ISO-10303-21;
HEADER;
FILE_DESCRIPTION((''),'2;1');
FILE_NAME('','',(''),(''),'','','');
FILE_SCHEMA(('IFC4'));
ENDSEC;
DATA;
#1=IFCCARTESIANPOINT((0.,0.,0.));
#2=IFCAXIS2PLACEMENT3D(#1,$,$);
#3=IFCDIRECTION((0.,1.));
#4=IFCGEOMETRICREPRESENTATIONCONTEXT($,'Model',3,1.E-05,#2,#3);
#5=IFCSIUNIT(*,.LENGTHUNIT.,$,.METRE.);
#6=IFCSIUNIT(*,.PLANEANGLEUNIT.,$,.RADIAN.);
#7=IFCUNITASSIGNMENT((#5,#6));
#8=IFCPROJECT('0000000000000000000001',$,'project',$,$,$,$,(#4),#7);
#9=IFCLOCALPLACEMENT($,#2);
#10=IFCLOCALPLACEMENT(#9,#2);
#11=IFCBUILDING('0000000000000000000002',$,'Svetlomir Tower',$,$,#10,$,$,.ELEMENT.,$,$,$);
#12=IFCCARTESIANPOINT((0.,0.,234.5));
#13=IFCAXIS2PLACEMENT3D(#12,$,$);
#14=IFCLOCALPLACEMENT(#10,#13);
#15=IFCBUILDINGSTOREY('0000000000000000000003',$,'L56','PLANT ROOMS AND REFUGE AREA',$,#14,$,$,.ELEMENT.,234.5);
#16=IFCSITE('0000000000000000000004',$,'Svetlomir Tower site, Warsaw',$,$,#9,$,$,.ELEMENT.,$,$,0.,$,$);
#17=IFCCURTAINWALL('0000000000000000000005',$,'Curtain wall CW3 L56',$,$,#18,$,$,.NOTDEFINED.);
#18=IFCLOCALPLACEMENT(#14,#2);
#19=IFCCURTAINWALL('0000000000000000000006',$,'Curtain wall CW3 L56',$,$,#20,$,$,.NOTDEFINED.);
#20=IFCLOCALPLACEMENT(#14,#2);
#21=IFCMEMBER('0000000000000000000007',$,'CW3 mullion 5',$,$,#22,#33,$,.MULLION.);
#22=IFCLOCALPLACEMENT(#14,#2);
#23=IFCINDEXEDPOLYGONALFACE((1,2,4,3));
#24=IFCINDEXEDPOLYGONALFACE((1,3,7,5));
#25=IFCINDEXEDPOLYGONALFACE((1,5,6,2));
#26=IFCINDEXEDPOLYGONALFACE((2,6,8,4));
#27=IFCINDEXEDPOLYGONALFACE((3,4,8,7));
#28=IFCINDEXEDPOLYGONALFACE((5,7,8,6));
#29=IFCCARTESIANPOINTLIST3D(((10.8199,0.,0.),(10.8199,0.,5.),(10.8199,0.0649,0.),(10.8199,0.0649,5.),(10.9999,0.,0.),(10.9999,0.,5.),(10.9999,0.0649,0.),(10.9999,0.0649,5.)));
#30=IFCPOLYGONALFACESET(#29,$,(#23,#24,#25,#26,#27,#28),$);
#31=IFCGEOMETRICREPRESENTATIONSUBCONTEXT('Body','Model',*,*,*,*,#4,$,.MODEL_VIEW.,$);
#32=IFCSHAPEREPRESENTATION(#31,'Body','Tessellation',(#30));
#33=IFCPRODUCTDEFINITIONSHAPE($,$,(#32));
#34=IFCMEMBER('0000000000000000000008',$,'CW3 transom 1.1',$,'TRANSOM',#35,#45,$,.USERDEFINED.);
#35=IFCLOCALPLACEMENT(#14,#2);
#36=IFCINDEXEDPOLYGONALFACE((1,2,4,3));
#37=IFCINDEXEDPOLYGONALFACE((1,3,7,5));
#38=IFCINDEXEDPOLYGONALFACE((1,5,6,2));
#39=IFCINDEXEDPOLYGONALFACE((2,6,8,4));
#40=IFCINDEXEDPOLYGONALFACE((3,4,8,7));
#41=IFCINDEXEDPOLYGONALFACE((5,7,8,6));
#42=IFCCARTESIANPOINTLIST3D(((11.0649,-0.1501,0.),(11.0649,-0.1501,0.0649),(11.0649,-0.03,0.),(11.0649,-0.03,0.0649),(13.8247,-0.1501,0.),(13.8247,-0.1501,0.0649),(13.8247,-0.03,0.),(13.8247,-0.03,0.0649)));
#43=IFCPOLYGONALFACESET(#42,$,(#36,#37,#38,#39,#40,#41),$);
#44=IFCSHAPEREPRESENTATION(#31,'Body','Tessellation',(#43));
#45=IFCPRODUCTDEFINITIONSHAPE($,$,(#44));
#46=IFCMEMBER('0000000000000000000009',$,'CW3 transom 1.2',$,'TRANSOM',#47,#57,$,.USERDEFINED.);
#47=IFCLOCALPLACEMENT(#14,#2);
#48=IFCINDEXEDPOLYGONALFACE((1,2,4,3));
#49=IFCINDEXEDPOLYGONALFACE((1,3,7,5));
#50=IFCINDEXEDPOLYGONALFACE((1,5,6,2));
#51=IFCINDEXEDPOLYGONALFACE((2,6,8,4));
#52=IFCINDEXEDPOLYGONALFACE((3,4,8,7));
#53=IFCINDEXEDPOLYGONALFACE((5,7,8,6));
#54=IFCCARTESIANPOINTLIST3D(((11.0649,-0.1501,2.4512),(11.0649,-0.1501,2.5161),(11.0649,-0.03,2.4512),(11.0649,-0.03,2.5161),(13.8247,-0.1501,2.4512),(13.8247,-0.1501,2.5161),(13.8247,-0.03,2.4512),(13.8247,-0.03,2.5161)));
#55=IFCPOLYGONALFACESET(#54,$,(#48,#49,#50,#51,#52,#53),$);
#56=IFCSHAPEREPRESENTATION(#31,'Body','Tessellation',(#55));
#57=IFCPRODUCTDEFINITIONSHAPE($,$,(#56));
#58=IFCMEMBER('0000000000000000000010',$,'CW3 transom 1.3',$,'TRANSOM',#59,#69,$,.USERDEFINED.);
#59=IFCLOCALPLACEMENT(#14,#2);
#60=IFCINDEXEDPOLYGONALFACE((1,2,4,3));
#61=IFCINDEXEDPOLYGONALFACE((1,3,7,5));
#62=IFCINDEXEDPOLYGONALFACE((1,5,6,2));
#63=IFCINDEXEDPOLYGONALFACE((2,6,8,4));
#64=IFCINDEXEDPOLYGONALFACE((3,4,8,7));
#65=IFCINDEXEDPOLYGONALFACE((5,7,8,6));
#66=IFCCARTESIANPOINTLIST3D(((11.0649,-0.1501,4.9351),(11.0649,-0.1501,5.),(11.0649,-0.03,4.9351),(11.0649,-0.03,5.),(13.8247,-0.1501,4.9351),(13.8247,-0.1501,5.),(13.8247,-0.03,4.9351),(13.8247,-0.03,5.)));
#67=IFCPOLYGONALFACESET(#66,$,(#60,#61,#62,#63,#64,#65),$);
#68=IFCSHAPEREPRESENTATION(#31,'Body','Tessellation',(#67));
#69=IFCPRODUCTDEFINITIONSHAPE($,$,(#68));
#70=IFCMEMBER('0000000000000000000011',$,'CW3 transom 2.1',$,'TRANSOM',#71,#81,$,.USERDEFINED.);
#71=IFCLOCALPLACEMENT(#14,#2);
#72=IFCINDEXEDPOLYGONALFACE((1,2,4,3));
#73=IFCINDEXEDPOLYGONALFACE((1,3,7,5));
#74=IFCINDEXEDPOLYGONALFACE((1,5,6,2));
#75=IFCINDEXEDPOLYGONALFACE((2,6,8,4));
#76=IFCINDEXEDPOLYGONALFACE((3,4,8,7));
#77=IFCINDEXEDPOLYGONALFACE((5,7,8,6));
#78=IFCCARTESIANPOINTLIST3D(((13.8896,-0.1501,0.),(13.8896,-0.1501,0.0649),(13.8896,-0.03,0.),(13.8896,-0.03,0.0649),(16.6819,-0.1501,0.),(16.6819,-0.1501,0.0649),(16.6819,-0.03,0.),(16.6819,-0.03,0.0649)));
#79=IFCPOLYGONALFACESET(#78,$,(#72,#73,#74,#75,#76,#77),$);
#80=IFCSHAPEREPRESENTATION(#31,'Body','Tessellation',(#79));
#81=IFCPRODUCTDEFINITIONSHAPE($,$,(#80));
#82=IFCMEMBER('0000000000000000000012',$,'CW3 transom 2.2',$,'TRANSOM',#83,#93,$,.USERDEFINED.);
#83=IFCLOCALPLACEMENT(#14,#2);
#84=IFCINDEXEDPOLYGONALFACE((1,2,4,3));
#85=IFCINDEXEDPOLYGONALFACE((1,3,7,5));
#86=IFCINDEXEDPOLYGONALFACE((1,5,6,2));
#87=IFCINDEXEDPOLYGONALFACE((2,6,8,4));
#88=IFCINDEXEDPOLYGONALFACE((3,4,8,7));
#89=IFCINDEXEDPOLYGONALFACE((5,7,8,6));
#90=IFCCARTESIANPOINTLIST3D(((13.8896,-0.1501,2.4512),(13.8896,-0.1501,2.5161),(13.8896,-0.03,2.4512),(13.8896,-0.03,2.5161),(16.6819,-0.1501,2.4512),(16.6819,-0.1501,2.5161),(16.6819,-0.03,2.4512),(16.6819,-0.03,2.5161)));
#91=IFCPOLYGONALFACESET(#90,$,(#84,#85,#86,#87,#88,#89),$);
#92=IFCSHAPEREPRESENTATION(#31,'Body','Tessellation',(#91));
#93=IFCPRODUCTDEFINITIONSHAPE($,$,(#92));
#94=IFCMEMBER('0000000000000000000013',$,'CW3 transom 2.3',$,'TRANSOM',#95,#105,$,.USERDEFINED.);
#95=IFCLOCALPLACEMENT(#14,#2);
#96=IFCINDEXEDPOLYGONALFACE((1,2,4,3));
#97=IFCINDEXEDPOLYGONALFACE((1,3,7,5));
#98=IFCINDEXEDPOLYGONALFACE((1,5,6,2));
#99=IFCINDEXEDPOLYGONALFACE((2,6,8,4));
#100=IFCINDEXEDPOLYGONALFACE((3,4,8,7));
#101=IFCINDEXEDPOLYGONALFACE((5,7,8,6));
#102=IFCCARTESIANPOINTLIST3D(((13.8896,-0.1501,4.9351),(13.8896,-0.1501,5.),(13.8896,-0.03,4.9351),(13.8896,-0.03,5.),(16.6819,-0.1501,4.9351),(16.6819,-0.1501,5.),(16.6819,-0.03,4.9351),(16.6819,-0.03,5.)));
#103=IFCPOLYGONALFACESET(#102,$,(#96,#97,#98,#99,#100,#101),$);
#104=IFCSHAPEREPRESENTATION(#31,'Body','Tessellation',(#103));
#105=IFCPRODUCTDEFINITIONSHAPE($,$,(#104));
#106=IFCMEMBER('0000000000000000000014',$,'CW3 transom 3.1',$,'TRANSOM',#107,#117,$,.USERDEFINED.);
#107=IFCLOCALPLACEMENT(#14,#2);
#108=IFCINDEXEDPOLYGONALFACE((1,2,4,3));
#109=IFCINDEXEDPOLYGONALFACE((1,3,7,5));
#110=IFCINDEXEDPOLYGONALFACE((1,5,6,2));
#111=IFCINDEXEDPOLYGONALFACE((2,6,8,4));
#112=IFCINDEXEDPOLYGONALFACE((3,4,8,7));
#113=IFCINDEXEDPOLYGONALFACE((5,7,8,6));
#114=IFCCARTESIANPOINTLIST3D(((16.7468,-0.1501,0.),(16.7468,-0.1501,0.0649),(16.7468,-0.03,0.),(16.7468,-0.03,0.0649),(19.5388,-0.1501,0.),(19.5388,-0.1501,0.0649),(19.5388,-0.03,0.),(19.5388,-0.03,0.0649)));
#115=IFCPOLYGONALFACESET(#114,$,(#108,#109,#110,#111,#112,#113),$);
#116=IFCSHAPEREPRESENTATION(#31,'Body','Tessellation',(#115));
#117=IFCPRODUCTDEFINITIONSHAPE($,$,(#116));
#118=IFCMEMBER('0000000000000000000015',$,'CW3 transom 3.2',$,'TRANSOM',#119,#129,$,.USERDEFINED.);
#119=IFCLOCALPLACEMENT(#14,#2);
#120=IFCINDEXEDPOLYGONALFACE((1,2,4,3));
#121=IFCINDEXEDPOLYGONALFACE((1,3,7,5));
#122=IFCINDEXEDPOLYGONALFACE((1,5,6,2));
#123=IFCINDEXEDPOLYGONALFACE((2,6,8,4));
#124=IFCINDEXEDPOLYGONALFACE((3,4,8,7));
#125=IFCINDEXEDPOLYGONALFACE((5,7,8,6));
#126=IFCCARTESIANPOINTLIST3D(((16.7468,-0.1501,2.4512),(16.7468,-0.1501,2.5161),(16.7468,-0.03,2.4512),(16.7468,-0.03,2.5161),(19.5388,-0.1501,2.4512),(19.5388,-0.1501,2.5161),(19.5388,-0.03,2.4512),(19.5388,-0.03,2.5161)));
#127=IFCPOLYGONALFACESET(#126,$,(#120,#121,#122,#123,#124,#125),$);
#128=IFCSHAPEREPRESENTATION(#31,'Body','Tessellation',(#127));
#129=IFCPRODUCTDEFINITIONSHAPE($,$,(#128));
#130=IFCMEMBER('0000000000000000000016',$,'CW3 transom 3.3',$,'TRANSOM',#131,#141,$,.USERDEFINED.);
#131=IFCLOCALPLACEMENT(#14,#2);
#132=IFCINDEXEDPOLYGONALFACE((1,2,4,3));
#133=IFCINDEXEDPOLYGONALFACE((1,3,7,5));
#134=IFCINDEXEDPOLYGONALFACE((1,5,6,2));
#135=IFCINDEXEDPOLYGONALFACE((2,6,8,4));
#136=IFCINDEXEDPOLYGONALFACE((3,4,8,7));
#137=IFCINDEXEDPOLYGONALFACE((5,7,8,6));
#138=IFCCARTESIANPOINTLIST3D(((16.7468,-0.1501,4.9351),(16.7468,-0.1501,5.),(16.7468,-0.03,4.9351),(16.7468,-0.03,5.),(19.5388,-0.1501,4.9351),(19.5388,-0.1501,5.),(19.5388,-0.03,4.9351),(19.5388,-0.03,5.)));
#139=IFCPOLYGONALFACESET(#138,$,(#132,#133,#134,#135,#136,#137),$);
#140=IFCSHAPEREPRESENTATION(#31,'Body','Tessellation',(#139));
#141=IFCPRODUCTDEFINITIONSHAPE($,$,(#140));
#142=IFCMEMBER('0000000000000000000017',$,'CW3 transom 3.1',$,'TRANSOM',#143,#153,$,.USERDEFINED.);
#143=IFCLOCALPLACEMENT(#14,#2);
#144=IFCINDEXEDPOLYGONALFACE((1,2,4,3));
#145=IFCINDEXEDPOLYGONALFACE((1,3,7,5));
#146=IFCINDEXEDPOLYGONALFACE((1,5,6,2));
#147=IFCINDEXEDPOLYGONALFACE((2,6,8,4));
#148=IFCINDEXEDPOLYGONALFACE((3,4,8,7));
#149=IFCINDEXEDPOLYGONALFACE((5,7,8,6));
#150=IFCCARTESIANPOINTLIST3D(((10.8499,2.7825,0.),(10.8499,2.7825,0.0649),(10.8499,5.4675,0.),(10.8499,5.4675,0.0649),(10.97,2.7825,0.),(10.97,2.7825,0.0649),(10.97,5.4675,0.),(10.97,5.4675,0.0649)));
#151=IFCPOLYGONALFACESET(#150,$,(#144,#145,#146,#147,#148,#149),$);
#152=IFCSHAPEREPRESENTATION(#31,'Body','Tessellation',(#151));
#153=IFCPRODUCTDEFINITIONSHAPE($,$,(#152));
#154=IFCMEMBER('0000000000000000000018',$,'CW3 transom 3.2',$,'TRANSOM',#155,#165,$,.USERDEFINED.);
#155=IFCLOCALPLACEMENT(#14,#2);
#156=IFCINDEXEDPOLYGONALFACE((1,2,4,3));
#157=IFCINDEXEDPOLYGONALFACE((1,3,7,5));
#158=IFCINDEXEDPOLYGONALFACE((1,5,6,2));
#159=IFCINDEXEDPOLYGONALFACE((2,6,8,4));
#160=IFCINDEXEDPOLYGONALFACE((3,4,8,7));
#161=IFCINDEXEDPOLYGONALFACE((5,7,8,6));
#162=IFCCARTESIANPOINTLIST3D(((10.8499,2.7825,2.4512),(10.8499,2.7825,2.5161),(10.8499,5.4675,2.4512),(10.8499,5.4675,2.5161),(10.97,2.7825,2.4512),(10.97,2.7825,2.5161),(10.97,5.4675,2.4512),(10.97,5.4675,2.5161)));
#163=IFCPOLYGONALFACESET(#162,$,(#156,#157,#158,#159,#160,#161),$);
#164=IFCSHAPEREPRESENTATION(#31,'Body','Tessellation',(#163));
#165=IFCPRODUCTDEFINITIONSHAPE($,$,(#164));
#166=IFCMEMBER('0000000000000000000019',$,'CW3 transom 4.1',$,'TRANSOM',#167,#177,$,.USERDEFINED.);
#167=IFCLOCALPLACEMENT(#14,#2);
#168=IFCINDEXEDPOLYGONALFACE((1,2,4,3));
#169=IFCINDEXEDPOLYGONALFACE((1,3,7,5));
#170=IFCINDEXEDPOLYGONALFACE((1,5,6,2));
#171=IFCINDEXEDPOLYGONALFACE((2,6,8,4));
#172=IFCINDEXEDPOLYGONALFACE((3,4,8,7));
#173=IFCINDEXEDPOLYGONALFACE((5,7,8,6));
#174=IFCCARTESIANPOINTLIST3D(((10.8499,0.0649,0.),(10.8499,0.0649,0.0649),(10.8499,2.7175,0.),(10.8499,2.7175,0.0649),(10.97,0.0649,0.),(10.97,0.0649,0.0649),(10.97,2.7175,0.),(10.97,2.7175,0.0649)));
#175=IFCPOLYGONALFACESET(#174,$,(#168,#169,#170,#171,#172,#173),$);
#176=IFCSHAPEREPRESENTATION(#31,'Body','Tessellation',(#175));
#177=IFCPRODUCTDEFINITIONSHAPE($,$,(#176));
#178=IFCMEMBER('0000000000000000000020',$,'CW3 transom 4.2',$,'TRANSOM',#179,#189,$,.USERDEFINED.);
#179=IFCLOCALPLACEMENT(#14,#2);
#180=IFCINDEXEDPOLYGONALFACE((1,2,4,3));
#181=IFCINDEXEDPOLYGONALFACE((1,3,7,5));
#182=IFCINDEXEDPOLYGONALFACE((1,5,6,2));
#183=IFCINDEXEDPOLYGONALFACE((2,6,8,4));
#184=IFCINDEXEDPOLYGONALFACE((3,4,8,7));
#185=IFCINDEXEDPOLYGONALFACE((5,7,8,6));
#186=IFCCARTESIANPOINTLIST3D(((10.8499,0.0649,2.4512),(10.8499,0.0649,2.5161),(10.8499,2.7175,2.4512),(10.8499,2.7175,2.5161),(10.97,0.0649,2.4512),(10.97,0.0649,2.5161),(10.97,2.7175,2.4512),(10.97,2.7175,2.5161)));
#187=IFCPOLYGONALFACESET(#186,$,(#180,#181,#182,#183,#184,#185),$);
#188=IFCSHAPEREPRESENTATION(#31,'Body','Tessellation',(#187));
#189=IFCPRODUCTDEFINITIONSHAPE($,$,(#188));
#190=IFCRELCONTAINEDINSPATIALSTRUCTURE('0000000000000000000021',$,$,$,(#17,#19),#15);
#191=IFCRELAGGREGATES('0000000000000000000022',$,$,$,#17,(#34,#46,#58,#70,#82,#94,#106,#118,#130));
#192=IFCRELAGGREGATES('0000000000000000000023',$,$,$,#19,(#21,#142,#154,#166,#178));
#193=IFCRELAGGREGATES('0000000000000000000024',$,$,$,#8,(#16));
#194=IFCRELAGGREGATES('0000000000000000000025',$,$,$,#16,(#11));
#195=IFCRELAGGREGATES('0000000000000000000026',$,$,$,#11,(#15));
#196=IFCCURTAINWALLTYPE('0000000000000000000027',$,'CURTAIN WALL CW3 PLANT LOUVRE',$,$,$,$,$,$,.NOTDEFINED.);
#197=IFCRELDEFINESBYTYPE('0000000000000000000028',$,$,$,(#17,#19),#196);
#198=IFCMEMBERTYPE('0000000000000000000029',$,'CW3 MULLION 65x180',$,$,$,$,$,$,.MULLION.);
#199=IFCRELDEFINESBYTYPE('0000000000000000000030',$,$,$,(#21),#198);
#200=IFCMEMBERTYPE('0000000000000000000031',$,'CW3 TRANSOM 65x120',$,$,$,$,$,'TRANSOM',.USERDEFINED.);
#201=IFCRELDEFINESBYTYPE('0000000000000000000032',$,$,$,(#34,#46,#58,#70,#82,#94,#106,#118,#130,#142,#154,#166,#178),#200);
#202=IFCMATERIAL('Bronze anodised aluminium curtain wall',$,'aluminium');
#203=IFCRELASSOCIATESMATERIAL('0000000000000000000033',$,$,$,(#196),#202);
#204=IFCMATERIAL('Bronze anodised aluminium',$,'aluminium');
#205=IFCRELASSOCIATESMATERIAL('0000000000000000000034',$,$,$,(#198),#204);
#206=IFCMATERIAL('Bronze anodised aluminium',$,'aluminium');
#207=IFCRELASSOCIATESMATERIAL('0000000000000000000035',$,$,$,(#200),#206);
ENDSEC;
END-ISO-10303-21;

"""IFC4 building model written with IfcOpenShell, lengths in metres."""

from ifc_helpers import new_model, si_unit, direction, frame, origin, origin_2d, place, context, subcontext, project, spatial, rectangle, extrude, material, material_profile, profile_set, type_object, element, aggregate, save


model = new_model("IFC4")

# Units and contexts
model_context = context("Model", 3, precision=1e-05, world=origin(), true_north=direction((0.0, 1.0)))
body_context = subcontext(model_context, "Body", "Model", "MODEL_VIEW")
ifc_project = project(units=[si_unit("LENGTHUNIT", "METRE"), si_unit("PLANEANGLEUNIT", "RADIAN")], contexts=[model_context])

# Site, building, storey
site_placement = place(None, origin())
site = spatial("IfcSite", under=ifc_project, at=site_placement, Name="Svetlomir Tower site, Warsaw", CompositionType="ELEMENT", RefElevation=0.0)
building_placement = place(site_placement, origin())
building = spatial("IfcBuilding", under=site, at=building_placement, Name="Svetlomir Tower", CompositionType="ELEMENT")
storey_placement = place(building_placement, frame((0.0, 0.0, 234.5)))
storey = spatial("IfcBuildingStorey", under=building, at=storey_placement, Name="L56", Description="PLANT ROOMS AND REFUGE AREA", CompositionType="ELEMENT", Elevation=234.5)

# Curtain walls, member
ifc_material_1 = material(Name="Bronze anodised aluminium curtain wall", Category="aluminium")
curtain_wall_type = type_object("IfcCurtainWallType", Name="CURTAIN WALL CW3 PLANT LOUVRE", PredefinedType="NOTDEFINED", material=ifc_material_1)
curtain_wall_1_placement = place(storey_placement, origin())
curtain_wall_1 = element("IfcCurtainWall", 1, at=curtain_wall_1_placement, inside=storey, type_object=curtain_wall_type, Name="Curtain wall CW3 L56", PredefinedType="NOTDEFINED")
ifc_material_2 = material(Name="Bronze anodised aluminium", Category="aluminium")
ifc_material_profile_1 = material_profile(ifc_material_2, rectangle(XDim=0.0649, YDim=0.1799, at=origin_2d()), Name="AL 65x180")
ifc_profile_set_1 = profile_set([ifc_material_profile_1], Name="Bronze anodised aluminium 6063-T6")
member_type_1 = type_object("IfcMemberType", Name="CW3 MULLION 65x180", PredefinedType="MULLION", material=ifc_profile_set_1)
curtain_wall_2_placement = place(storey_placement, origin())
curtain_wall_2 = element("IfcCurtainWall", 2, at=curtain_wall_2_placement, inside=storey, type_object=curtain_wall_type, Name="Curtain wall CW3 L56", PredefinedType="NOTDEFINED")
member_1_placement = place(storey_placement, frame((10.9099, 0.0325, 0.0), z_axis=(0.0, 0.0, 1.0), x_axis=(0.0, -1.0, 0.0)))
member_1 = element("IfcMember", 3, at=member_1_placement, type_object=member_type_1, Name="CW3 mullion 5", PredefinedType="MULLION", context=body_context, shape_type="SweptSolid", body=[
    extrude(rectangle(XDim=0.0649, YDim=0.1799, at=origin_2d()), origin(), (0.0, 0.0, 1.0), 5.0),
])

# Members
ifc_material_3 = material(Name="Bronze anodised aluminium", Category="aluminium")
ifc_material_profile_2 = material_profile(ifc_material_3, rectangle(XDim=0.1201, YDim=0.0649, at=origin_2d()), Name="AL 120x65")
ifc_profile_set_2 = profile_set([ifc_material_profile_2], Name="Bronze anodised aluminium 6063-T6")
member_type_2 = type_object("IfcMemberType", Name="CW3 TRANSOM 65x120", ElementType="TRANSOM", PredefinedType="USERDEFINED", material=ifc_profile_set_2)
member_2_placement = place(storey_placement, frame((11.0649, -0.0901, 0.0325), z_axis=(1.0, 0.0, 0.0), x_axis=(0.0, 1.0, 0.0)))
member_2 = element("IfcMember", 4, at=member_2_placement, type_object=member_type_2, Name="CW3 transom 1.1", ObjectType="TRANSOM", PredefinedType="USERDEFINED", context=body_context, shape_type="SweptSolid", body=[
    extrude(rectangle(XDim=0.1201, YDim=0.0649, at=origin_2d()), origin(), (0.0, 0.0, 1.0), 2.7598),
])
member_3_placement = place(storey_placement, frame((11.0649, -0.0901, 2.4836), z_axis=(1.0, 0.0, 0.0), x_axis=(0.0, 1.0, 0.0)))
member_3 = element("IfcMember", 5, at=member_3_placement, type_object=member_type_2, Name="CW3 transom 1.2", ObjectType="TRANSOM", PredefinedType="USERDEFINED", context=body_context, shape_type="SweptSolid", body=[
    extrude(rectangle(XDim=0.1201, YDim=0.0649, at=origin_2d()), origin(), (0.0, 0.0, 1.0), 2.7598),
])
member_4_placement = place(storey_placement, frame((11.0649, -0.0901, 4.9675), z_axis=(1.0, 0.0, 0.0), x_axis=(0.0, 1.0, 0.0)))
member_4 = element("IfcMember", 6, at=member_4_placement, type_object=member_type_2, Name="CW3 transom 1.3", ObjectType="TRANSOM", PredefinedType="USERDEFINED", context=body_context, shape_type="SweptSolid", body=[
    extrude(rectangle(XDim=0.1201, YDim=0.0649, at=origin_2d()), origin(), (0.0, 0.0, 1.0), 2.7598),
])
member_5_placement = place(storey_placement, frame((13.8896, -0.0901, 0.0325), z_axis=(1.0, 0.0, 0.0), x_axis=(0.0, 1.0, 0.0)))
member_5 = element("IfcMember", 7, at=member_5_placement, type_object=member_type_2, Name="CW3 transom 2.1", ObjectType="TRANSOM", PredefinedType="USERDEFINED", context=body_context, shape_type="SweptSolid", body=[
    extrude(rectangle(XDim=0.1201, YDim=0.0649, at=origin_2d()), origin(), (0.0, 0.0, 1.0), 2.7922),
])
member_6_placement = place(storey_placement, frame((13.8896, -0.0901, 2.4836), z_axis=(1.0, 0.0, 0.0), x_axis=(0.0, 1.0, 0.0)))
member_6 = element("IfcMember", 8, at=member_6_placement, type_object=member_type_2, Name="CW3 transom 2.2", ObjectType="TRANSOM", PredefinedType="USERDEFINED", context=body_context, shape_type="SweptSolid", body=[
    extrude(rectangle(XDim=0.1201, YDim=0.0649, at=origin_2d()), origin(), (0.0, 0.0, 1.0), 2.7922),
])
member_7_placement = place(storey_placement, frame((13.8896, -0.0901, 4.9675), z_axis=(1.0, 0.0, 0.0), x_axis=(0.0, 1.0, 0.0)))
member_7 = element("IfcMember", 9, at=member_7_placement, type_object=member_type_2, Name="CW3 transom 2.3", ObjectType="TRANSOM", PredefinedType="USERDEFINED", context=body_context, shape_type="SweptSolid", body=[
    extrude(rectangle(XDim=0.1201, YDim=0.0649, at=origin_2d()), origin(), (0.0, 0.0, 1.0), 2.7922),
])
member_8_placement = place(storey_placement, frame((16.7468, -0.0901, 0.0325), z_axis=(1.0, 0.0, 0.0), x_axis=(0.0, 1.0, 0.0)))
member_8 = element("IfcMember", 10, at=member_8_placement, type_object=member_type_2, Name="CW3 transom 3.1", ObjectType="TRANSOM", PredefinedType="USERDEFINED", context=body_context, shape_type="SweptSolid", body=[
    extrude(rectangle(XDim=0.1201, YDim=0.0649, at=origin_2d()), origin(), (0.0, 0.0, 1.0), 2.792),
])
member_9_placement = place(storey_placement, frame((16.7468, -0.0901, 2.4836), z_axis=(1.0, 0.0, 0.0), x_axis=(0.0, 1.0, 0.0)))
member_9 = element("IfcMember", 11, at=member_9_placement, type_object=member_type_2, Name="CW3 transom 3.2", ObjectType="TRANSOM", PredefinedType="USERDEFINED", context=body_context, shape_type="SweptSolid", body=[
    extrude(rectangle(XDim=0.1201, YDim=0.0649, at=origin_2d()), origin(), (0.0, 0.0, 1.0), 2.792),
])
member_10_placement = place(storey_placement, frame((16.7468, -0.0901, 4.9675), z_axis=(1.0, 0.0, 0.0), x_axis=(0.0, 1.0, 0.0)))
member_10 = element("IfcMember", 12, at=member_10_placement, type_object=member_type_2, Name="CW3 transom 3.3", ObjectType="TRANSOM", PredefinedType="USERDEFINED", context=body_context, shape_type="SweptSolid", body=[
    extrude(rectangle(XDim=0.1201, YDim=0.0649, at=origin_2d()), origin(), (0.0, 0.0, 1.0), 2.792),
])
member_11_placement = place(storey_placement, frame((10.9099, 5.4675, 0.0325), z_axis=(0.0, -1.0, 0.0), x_axis=(1.0, 0.0, 0.0)))
member_11 = element("IfcMember", 13, at=member_11_placement, type_object=member_type_2, Name="CW3 transom 3.1", ObjectType="TRANSOM", PredefinedType="USERDEFINED", context=body_context, shape_type="SweptSolid", body=[
    extrude(rectangle(XDim=0.1201, YDim=0.0649, at=origin_2d()), origin(), (0.0, 0.0, 1.0), 2.6851),
])
member_12_placement = place(storey_placement, frame((10.9099, 5.4675, 2.4836), z_axis=(0.0, -1.0, 0.0), x_axis=(1.0, 0.0, 0.0)))
member_12 = element("IfcMember", 14, at=member_12_placement, type_object=member_type_2, Name="CW3 transom 3.2", ObjectType="TRANSOM", PredefinedType="USERDEFINED", context=body_context, shape_type="SweptSolid", body=[
    extrude(rectangle(XDim=0.1201, YDim=0.0649, at=origin_2d()), origin(), (0.0, 0.0, 1.0), 2.6851),
])
member_13_placement = place(storey_placement, frame((10.9099, 2.7175, 0.0325), z_axis=(0.0, -1.0, 0.0), x_axis=(1.0, 0.0, 0.0)))
member_13 = element("IfcMember", 15, at=member_13_placement, type_object=member_type_2, Name="CW3 transom 4.1", ObjectType="TRANSOM", PredefinedType="USERDEFINED", context=body_context, shape_type="SweptSolid", body=[
    extrude(rectangle(XDim=0.1201, YDim=0.0649, at=origin_2d()), origin(), (0.0, 0.0, 1.0), 2.6526),
])
member_14_placement = place(storey_placement, frame((10.9099, 2.7175, 2.4836), z_axis=(0.0, -1.0, 0.0), x_axis=(1.0, 0.0, 0.0)))
member_14 = element("IfcMember", 16, at=member_14_placement, type_object=member_type_2, Name="CW3 transom 4.2", ObjectType="TRANSOM", PredefinedType="USERDEFINED", context=body_context, shape_type="SweptSolid", body=[
    extrude(rectangle(XDim=0.1201, YDim=0.0649, at=origin_2d()), origin(), (0.0, 0.0, 1.0), 2.6526),
])

aggregate(curtain_wall_1, [member_2, member_3, member_4, member_5, member_6, member_7, member_8, member_9, member_10])
aggregate(curtain_wall_2, [member_1, member_11, member_12, member_13, member_14])

save(model, "model.ifc")
